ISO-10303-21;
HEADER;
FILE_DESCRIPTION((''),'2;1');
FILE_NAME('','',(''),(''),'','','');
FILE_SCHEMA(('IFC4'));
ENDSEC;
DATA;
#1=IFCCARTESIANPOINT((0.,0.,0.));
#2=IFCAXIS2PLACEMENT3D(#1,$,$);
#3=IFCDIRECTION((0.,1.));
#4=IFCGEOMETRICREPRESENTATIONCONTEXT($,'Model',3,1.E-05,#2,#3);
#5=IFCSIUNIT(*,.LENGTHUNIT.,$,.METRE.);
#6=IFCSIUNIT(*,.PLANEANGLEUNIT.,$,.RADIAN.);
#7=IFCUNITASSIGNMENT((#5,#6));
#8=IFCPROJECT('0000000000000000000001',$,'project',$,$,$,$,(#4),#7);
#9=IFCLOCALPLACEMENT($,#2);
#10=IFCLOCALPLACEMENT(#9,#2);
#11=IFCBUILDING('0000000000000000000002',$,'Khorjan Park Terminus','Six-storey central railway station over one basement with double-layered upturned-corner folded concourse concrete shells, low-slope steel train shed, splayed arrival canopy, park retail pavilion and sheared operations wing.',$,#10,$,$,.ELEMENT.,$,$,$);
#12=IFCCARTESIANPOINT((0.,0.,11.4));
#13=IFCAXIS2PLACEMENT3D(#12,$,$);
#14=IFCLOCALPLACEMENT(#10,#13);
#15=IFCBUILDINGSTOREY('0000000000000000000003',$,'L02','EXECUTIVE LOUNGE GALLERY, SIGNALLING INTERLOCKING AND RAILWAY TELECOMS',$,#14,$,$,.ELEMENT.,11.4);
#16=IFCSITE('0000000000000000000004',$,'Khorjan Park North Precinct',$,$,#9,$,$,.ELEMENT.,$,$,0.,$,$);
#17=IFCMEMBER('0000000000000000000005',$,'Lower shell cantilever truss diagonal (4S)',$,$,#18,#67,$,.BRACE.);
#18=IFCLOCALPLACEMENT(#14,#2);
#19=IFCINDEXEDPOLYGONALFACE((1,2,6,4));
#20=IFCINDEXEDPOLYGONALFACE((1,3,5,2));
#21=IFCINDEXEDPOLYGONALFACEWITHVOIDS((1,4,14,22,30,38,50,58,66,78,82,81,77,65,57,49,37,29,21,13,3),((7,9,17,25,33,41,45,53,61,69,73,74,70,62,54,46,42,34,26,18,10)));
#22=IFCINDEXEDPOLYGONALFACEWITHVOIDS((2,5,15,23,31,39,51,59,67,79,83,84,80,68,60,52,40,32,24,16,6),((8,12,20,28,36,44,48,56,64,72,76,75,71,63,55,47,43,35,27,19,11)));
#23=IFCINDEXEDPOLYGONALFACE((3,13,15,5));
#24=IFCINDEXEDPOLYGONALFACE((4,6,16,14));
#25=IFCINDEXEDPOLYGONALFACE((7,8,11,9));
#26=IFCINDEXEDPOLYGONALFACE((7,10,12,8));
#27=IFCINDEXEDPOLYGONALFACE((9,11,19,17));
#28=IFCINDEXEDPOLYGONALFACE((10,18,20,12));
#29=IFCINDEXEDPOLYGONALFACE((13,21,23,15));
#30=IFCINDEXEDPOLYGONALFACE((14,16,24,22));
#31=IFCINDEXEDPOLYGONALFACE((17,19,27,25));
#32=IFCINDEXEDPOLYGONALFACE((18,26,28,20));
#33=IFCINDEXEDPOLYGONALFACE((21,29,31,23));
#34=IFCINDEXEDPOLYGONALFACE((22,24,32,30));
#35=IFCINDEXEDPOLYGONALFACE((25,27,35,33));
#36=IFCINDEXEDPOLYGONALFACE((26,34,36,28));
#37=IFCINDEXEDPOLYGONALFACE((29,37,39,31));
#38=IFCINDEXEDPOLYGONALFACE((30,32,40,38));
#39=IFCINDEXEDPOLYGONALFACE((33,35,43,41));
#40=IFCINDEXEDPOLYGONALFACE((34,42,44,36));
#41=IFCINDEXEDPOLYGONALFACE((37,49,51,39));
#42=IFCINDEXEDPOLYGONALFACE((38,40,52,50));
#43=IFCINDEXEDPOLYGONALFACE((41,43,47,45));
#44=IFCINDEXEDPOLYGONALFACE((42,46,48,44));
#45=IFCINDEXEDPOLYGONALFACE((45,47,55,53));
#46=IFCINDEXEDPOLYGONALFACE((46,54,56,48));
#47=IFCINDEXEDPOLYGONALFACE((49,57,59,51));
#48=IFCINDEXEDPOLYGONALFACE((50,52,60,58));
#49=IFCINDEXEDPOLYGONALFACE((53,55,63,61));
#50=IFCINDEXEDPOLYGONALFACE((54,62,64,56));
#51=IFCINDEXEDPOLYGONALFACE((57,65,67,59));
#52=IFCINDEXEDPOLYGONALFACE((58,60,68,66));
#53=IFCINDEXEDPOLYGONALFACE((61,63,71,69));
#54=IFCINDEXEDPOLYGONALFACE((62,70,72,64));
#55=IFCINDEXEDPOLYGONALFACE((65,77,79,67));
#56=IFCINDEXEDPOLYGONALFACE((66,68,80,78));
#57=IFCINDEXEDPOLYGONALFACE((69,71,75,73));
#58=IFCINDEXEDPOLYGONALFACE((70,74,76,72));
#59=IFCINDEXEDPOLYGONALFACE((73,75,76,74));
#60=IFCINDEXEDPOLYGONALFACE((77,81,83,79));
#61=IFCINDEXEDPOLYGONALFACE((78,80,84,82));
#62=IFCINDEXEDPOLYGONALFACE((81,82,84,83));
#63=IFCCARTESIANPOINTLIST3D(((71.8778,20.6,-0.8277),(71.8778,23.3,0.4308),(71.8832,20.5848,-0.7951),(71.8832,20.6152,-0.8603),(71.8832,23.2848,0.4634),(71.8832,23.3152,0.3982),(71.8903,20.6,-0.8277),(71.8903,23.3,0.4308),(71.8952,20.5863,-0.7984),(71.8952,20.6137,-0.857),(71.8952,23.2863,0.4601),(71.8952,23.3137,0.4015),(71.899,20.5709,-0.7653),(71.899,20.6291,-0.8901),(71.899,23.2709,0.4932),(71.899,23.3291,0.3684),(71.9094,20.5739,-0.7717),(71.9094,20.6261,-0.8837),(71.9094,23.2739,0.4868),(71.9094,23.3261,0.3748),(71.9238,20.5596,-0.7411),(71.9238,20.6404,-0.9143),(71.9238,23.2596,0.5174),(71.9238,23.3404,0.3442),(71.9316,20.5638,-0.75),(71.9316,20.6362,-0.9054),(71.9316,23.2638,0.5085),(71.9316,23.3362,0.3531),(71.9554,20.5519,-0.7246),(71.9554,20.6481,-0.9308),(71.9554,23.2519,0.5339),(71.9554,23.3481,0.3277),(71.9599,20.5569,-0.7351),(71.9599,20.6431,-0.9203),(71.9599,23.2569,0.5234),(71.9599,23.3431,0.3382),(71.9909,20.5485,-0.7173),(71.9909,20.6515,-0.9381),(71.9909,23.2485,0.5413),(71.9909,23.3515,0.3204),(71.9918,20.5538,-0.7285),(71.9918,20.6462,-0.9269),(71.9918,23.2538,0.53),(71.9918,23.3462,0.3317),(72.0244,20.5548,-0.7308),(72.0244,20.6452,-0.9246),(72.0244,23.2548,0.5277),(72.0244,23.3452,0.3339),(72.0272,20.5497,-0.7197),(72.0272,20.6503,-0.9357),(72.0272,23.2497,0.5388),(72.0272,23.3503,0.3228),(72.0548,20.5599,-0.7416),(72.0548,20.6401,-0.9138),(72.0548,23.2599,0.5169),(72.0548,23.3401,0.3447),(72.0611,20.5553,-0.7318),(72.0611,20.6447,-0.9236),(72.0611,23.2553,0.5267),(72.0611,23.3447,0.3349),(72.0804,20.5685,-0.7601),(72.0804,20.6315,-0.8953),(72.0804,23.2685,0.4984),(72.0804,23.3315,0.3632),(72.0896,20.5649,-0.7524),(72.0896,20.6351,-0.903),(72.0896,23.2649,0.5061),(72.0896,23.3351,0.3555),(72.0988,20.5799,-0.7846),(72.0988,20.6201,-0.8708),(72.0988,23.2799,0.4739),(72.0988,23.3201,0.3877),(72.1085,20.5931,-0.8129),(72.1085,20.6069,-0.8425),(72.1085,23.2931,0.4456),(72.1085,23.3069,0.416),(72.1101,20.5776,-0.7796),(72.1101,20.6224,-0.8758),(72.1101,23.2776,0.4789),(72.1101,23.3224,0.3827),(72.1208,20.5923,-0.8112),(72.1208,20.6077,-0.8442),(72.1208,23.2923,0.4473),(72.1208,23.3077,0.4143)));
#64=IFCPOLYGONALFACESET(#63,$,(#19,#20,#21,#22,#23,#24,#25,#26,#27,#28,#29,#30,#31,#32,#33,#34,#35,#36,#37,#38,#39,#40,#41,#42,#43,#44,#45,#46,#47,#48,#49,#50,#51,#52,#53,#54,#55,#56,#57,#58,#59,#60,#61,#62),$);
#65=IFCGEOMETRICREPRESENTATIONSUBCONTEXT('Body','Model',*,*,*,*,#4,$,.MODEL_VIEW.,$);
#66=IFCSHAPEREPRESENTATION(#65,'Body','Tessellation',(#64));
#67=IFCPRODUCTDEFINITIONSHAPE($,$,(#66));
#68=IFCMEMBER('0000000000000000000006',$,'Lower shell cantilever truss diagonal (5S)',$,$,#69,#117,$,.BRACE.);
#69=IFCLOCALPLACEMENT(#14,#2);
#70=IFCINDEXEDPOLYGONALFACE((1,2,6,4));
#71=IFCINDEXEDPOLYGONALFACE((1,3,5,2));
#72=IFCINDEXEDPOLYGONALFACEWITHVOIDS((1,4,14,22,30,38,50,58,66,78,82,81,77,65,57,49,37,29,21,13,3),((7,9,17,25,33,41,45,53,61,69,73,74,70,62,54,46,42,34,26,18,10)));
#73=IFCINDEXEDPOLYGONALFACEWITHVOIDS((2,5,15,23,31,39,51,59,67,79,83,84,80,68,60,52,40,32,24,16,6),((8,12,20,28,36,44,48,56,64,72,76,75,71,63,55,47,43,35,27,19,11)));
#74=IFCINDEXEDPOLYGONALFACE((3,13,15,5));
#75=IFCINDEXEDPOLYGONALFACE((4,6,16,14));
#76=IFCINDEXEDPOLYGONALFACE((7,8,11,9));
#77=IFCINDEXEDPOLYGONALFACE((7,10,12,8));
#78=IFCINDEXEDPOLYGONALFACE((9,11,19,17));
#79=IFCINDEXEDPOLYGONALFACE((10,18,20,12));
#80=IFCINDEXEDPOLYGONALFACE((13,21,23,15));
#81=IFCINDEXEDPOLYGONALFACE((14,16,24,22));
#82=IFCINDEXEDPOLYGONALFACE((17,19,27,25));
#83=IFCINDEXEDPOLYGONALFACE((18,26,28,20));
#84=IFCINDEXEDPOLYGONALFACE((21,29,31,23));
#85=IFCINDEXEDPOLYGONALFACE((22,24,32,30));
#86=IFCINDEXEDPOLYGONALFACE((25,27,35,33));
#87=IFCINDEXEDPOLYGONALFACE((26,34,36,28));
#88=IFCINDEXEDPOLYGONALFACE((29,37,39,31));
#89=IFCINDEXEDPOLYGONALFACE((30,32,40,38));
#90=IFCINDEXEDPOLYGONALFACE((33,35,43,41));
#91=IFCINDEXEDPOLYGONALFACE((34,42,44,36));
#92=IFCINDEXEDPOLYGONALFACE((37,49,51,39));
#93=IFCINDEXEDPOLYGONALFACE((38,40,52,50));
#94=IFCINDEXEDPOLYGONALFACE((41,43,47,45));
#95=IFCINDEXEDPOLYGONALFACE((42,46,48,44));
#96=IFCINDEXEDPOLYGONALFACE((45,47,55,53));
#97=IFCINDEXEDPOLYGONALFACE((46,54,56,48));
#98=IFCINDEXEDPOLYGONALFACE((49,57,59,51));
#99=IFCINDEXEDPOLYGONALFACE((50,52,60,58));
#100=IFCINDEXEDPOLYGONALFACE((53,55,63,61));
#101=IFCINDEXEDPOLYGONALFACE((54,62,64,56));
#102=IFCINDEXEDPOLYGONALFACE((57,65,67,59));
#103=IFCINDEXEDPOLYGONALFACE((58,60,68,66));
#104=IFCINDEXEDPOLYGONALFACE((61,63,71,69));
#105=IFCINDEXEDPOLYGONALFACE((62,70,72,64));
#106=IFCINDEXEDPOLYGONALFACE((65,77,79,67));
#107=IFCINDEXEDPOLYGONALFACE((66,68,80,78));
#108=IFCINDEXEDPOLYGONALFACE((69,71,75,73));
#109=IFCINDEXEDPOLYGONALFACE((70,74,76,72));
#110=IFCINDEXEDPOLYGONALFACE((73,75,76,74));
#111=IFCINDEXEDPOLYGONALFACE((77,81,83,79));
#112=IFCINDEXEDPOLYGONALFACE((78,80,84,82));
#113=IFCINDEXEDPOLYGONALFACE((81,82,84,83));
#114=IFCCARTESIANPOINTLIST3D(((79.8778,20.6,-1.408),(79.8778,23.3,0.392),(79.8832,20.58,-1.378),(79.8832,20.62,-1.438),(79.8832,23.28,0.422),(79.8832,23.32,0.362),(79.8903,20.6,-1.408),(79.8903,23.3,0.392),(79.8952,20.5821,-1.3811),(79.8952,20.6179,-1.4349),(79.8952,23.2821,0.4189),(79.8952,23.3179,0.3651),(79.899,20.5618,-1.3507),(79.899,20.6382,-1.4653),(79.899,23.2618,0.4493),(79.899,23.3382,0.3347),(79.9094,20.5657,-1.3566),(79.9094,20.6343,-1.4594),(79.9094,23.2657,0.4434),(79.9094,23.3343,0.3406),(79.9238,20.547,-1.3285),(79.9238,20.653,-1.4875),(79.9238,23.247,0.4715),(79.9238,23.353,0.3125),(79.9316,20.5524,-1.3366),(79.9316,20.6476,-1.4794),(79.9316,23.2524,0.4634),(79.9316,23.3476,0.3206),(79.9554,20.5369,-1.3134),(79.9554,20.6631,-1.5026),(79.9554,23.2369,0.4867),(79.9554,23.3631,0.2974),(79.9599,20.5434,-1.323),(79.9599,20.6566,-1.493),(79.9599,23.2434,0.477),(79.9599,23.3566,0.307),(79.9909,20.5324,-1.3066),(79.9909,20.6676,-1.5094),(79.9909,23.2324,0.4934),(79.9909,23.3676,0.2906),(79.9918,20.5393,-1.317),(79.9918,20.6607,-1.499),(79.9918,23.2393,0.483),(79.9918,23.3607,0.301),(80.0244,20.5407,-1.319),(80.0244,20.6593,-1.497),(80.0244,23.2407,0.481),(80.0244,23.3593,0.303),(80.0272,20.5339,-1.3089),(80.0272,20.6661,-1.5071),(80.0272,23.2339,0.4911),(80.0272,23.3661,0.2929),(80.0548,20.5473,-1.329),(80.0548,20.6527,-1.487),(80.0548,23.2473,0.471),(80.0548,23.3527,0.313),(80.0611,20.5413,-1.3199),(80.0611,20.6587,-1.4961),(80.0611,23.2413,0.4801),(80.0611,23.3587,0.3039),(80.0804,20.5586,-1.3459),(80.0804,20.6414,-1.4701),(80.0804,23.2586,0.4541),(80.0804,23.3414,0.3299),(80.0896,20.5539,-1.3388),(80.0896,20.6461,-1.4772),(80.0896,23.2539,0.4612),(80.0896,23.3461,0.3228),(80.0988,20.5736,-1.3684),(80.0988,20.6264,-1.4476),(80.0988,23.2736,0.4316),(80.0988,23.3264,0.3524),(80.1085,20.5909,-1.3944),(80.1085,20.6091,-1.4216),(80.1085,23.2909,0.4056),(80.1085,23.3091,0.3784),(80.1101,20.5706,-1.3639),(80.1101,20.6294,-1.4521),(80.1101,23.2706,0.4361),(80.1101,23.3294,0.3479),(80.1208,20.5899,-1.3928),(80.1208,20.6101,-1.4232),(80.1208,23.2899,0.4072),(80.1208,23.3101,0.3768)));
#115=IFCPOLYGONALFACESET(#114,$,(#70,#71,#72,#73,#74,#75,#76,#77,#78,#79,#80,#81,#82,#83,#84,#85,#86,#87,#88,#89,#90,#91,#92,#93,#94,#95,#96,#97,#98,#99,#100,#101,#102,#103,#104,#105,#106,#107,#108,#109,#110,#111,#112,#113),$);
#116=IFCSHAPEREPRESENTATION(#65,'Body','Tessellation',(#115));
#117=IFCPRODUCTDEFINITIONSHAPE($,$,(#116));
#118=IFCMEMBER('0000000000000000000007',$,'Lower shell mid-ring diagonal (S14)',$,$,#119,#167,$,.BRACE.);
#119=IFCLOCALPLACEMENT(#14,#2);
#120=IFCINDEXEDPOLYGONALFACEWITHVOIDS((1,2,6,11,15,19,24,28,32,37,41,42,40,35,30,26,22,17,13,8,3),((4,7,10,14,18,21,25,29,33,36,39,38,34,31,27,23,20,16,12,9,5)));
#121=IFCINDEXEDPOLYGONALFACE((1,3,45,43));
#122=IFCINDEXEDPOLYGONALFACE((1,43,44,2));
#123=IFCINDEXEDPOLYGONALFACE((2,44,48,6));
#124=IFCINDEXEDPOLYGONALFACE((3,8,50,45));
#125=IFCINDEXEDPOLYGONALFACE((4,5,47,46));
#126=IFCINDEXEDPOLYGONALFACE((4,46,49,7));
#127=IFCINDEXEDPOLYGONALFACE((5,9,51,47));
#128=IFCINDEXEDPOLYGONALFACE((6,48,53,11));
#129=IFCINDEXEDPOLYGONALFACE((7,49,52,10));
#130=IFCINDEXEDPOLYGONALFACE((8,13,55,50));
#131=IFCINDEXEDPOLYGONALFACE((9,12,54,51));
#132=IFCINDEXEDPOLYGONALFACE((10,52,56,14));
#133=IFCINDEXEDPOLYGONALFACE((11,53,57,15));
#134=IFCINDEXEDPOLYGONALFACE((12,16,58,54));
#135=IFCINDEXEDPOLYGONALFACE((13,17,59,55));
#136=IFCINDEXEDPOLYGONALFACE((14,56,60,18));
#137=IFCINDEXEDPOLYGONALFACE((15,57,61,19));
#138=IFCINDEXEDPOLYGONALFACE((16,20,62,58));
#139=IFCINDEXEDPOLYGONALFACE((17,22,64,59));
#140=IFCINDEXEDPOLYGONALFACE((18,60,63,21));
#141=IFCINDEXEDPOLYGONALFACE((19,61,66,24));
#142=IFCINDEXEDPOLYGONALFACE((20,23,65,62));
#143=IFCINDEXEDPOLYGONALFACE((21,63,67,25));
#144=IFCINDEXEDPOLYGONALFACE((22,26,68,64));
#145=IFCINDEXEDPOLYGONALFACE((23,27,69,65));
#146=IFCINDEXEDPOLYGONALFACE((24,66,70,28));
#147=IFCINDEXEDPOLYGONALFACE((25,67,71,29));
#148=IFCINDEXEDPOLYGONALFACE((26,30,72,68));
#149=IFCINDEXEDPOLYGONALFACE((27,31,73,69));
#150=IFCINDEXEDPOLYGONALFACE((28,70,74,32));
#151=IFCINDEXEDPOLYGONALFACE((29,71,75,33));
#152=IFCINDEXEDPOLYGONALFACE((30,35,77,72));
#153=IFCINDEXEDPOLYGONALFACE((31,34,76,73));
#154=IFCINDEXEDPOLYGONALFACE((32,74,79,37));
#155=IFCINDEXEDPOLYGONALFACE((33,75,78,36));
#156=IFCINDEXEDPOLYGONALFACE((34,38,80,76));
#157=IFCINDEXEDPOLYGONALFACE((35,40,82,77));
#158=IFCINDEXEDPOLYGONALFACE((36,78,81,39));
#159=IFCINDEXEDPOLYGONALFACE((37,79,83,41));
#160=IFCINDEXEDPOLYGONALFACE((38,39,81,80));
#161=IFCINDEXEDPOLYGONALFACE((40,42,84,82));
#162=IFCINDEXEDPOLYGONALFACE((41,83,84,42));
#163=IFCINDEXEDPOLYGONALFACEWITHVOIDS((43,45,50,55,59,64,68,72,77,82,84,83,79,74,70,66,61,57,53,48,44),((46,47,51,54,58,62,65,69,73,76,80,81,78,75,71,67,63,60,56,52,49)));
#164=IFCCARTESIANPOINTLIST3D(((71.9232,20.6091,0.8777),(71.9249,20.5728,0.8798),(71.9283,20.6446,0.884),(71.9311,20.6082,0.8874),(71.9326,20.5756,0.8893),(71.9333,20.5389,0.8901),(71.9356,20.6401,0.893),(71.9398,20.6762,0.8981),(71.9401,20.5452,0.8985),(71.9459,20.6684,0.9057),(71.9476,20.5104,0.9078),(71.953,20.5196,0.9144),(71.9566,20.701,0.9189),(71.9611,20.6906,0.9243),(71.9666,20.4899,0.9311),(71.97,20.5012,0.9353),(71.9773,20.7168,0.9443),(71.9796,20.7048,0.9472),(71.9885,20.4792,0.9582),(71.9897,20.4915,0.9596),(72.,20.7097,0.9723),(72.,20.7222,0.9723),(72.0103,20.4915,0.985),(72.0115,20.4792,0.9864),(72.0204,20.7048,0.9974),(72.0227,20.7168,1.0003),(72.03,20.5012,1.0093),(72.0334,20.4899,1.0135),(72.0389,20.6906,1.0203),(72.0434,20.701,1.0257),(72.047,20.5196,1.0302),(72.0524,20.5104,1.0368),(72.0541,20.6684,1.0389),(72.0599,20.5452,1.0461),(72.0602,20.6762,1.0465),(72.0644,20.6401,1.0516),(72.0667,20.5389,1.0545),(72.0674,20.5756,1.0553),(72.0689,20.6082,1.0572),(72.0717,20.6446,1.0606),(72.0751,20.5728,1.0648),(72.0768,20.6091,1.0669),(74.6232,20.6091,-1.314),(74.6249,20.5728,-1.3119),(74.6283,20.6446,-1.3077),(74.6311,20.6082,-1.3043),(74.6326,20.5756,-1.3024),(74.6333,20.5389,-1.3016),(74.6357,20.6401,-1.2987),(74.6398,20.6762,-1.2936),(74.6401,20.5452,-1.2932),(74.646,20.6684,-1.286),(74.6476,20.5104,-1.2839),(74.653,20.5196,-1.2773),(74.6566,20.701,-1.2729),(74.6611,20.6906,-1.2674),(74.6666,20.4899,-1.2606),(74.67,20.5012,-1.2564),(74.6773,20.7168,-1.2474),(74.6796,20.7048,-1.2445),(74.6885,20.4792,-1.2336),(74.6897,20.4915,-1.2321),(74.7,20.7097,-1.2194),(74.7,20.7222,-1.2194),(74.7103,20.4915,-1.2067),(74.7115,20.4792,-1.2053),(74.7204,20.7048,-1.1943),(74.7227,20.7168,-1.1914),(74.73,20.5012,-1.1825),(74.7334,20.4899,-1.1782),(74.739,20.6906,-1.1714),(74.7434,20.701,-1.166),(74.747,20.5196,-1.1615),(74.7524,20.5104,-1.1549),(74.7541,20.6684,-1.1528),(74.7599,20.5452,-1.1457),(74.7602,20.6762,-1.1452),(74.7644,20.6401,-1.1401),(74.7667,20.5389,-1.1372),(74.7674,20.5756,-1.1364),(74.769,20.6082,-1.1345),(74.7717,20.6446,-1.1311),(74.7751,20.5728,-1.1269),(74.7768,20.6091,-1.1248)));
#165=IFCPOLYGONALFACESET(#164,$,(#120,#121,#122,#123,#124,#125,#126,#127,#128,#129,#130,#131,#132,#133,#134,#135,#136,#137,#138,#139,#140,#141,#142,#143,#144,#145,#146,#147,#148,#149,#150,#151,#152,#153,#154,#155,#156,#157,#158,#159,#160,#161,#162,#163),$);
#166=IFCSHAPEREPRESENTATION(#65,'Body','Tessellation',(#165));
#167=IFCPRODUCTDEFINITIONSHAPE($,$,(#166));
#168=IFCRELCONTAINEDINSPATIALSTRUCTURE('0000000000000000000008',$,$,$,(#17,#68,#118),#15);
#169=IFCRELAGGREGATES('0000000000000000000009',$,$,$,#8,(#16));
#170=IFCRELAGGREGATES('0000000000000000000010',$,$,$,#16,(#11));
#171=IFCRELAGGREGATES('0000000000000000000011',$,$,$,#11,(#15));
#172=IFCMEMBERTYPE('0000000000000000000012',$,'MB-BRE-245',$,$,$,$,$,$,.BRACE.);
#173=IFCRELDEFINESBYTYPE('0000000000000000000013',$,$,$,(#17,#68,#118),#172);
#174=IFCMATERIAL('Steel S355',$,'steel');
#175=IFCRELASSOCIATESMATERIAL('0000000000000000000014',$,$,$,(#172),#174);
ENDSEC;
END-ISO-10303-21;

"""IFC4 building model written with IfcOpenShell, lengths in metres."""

from ifc_helpers import new_model, si_unit, direction, frame, origin, origin_2d, place, context, subcontext, project, spatial, hollow_circle, extrude, material, material_profile, profile_set, type_object, element, save


model = new_model("IFC4")

# Units and contexts
model_context = context("Model", 3, precision=1e-05, world=origin(), true_north=direction((0.0, 1.0)))
body_context = subcontext(model_context, "Body", "Model", "MODEL_VIEW")
ifc_project = project(units=[si_unit("LENGTHUNIT", "METRE"), si_unit("PLANEANGLEUNIT", "RADIAN")], contexts=[model_context])

# Site, building, storey
site_placement = place(None, origin())
site = spatial("IfcSite", under=ifc_project, at=site_placement, Name="Khorjan Park North Precinct", CompositionType="ELEMENT", RefElevation=0.0)
building_placement = place(site_placement, origin())
building = spatial("IfcBuilding", under=site, at=building_placement, Name="Khorjan Park Terminus", Description="Six-storey central railway station over one basement with double-layered upturned-corner folded concourse concrete shells, low-slope steel train shed, splayed arrival canopy, park retail pavilion and sheared operations wing.", CompositionType="ELEMENT")
storey_placement = place(building_placement, frame((0.0, 0.0, 11.4)))
storey = spatial("IfcBuildingStorey", under=building, at=storey_placement, Name="L02", Description="EXECUTIVE LOUNGE GALLERY, SIGNALLING INTERLOCKING AND RAILWAY TELECOMS", CompositionType="ELEMENT", Elevation=11.4)

# Members
ifc_material_1 = material(Name="Steel S355", Category="steel")
ifc_material_profile_1 = material_profile(ifc_material_1, hollow_circle(Radius=0.1222, WallThickness=0.0125, at=origin_2d()), Name="CHS 244.5x12.5")
ifc_profile_set_1 = profile_set([ifc_material_profile_1], Name="Steel S355")
member_type_1 = type_object("IfcMemberType", Name="MB-BRE-245", PredefinedType="BRACE", material=ifc_profile_set_1)
member_1_placement = place(storey_placement, frame((72.0, 20.6, -0.8277), z_axis=(0.0, 0.906376, 0.422472), x_axis=(-1.0, 0.0, 0.0)))
element("IfcMember", 1, at=member_1_placement, inside=storey, type_object=member_type_1, Name="Lower shell cantilever truss diagonal (4S)", PredefinedType="BRACE", context=body_context, shape_type="SweptSolid", body=[
    extrude(hollow_circle(Radius=0.1222, WallThickness=0.0125, at=origin_2d()), origin(), (0.0, 0.0, 1.0), 2.9789),
])
member_2_placement = place(storey_placement, frame((80.0, 20.6, -1.408), z_axis=(0.0, 0.83205, 0.5547), x_axis=(-1.0, 0.0, 0.0)))
element("IfcMember", 2, at=member_2_placement, inside=storey, type_object=member_type_1, Name="Lower shell cantilever truss diagonal (5S)", PredefinedType="BRACE", context=body_context, shape_type="SweptSolid", body=[
    extrude(hollow_circle(Radius=0.1222, WallThickness=0.0125, at=origin_2d()), origin(), (0.0, 0.0, 1.0), 3.245),
])
member_3_placement = place(storey_placement, frame((72.0, 20.6, 0.9723), z_axis=(0.776402, 0.0, -0.630237), x_axis=(0.0, 1.0, 0.0)))
element("IfcMember", 3, at=member_3_placement, inside=storey, type_object=member_type_1, Name="Lower shell mid-ring diagonal (S14)", PredefinedType="BRACE", context=body_context, shape_type="SweptSolid", body=[
    extrude(hollow_circle(Radius=0.1222, WallThickness=0.0125, at=origin_2d()), origin(), (0.0, 0.0, 1.0), 3.4776),
])

save(model, "model.ifc")
